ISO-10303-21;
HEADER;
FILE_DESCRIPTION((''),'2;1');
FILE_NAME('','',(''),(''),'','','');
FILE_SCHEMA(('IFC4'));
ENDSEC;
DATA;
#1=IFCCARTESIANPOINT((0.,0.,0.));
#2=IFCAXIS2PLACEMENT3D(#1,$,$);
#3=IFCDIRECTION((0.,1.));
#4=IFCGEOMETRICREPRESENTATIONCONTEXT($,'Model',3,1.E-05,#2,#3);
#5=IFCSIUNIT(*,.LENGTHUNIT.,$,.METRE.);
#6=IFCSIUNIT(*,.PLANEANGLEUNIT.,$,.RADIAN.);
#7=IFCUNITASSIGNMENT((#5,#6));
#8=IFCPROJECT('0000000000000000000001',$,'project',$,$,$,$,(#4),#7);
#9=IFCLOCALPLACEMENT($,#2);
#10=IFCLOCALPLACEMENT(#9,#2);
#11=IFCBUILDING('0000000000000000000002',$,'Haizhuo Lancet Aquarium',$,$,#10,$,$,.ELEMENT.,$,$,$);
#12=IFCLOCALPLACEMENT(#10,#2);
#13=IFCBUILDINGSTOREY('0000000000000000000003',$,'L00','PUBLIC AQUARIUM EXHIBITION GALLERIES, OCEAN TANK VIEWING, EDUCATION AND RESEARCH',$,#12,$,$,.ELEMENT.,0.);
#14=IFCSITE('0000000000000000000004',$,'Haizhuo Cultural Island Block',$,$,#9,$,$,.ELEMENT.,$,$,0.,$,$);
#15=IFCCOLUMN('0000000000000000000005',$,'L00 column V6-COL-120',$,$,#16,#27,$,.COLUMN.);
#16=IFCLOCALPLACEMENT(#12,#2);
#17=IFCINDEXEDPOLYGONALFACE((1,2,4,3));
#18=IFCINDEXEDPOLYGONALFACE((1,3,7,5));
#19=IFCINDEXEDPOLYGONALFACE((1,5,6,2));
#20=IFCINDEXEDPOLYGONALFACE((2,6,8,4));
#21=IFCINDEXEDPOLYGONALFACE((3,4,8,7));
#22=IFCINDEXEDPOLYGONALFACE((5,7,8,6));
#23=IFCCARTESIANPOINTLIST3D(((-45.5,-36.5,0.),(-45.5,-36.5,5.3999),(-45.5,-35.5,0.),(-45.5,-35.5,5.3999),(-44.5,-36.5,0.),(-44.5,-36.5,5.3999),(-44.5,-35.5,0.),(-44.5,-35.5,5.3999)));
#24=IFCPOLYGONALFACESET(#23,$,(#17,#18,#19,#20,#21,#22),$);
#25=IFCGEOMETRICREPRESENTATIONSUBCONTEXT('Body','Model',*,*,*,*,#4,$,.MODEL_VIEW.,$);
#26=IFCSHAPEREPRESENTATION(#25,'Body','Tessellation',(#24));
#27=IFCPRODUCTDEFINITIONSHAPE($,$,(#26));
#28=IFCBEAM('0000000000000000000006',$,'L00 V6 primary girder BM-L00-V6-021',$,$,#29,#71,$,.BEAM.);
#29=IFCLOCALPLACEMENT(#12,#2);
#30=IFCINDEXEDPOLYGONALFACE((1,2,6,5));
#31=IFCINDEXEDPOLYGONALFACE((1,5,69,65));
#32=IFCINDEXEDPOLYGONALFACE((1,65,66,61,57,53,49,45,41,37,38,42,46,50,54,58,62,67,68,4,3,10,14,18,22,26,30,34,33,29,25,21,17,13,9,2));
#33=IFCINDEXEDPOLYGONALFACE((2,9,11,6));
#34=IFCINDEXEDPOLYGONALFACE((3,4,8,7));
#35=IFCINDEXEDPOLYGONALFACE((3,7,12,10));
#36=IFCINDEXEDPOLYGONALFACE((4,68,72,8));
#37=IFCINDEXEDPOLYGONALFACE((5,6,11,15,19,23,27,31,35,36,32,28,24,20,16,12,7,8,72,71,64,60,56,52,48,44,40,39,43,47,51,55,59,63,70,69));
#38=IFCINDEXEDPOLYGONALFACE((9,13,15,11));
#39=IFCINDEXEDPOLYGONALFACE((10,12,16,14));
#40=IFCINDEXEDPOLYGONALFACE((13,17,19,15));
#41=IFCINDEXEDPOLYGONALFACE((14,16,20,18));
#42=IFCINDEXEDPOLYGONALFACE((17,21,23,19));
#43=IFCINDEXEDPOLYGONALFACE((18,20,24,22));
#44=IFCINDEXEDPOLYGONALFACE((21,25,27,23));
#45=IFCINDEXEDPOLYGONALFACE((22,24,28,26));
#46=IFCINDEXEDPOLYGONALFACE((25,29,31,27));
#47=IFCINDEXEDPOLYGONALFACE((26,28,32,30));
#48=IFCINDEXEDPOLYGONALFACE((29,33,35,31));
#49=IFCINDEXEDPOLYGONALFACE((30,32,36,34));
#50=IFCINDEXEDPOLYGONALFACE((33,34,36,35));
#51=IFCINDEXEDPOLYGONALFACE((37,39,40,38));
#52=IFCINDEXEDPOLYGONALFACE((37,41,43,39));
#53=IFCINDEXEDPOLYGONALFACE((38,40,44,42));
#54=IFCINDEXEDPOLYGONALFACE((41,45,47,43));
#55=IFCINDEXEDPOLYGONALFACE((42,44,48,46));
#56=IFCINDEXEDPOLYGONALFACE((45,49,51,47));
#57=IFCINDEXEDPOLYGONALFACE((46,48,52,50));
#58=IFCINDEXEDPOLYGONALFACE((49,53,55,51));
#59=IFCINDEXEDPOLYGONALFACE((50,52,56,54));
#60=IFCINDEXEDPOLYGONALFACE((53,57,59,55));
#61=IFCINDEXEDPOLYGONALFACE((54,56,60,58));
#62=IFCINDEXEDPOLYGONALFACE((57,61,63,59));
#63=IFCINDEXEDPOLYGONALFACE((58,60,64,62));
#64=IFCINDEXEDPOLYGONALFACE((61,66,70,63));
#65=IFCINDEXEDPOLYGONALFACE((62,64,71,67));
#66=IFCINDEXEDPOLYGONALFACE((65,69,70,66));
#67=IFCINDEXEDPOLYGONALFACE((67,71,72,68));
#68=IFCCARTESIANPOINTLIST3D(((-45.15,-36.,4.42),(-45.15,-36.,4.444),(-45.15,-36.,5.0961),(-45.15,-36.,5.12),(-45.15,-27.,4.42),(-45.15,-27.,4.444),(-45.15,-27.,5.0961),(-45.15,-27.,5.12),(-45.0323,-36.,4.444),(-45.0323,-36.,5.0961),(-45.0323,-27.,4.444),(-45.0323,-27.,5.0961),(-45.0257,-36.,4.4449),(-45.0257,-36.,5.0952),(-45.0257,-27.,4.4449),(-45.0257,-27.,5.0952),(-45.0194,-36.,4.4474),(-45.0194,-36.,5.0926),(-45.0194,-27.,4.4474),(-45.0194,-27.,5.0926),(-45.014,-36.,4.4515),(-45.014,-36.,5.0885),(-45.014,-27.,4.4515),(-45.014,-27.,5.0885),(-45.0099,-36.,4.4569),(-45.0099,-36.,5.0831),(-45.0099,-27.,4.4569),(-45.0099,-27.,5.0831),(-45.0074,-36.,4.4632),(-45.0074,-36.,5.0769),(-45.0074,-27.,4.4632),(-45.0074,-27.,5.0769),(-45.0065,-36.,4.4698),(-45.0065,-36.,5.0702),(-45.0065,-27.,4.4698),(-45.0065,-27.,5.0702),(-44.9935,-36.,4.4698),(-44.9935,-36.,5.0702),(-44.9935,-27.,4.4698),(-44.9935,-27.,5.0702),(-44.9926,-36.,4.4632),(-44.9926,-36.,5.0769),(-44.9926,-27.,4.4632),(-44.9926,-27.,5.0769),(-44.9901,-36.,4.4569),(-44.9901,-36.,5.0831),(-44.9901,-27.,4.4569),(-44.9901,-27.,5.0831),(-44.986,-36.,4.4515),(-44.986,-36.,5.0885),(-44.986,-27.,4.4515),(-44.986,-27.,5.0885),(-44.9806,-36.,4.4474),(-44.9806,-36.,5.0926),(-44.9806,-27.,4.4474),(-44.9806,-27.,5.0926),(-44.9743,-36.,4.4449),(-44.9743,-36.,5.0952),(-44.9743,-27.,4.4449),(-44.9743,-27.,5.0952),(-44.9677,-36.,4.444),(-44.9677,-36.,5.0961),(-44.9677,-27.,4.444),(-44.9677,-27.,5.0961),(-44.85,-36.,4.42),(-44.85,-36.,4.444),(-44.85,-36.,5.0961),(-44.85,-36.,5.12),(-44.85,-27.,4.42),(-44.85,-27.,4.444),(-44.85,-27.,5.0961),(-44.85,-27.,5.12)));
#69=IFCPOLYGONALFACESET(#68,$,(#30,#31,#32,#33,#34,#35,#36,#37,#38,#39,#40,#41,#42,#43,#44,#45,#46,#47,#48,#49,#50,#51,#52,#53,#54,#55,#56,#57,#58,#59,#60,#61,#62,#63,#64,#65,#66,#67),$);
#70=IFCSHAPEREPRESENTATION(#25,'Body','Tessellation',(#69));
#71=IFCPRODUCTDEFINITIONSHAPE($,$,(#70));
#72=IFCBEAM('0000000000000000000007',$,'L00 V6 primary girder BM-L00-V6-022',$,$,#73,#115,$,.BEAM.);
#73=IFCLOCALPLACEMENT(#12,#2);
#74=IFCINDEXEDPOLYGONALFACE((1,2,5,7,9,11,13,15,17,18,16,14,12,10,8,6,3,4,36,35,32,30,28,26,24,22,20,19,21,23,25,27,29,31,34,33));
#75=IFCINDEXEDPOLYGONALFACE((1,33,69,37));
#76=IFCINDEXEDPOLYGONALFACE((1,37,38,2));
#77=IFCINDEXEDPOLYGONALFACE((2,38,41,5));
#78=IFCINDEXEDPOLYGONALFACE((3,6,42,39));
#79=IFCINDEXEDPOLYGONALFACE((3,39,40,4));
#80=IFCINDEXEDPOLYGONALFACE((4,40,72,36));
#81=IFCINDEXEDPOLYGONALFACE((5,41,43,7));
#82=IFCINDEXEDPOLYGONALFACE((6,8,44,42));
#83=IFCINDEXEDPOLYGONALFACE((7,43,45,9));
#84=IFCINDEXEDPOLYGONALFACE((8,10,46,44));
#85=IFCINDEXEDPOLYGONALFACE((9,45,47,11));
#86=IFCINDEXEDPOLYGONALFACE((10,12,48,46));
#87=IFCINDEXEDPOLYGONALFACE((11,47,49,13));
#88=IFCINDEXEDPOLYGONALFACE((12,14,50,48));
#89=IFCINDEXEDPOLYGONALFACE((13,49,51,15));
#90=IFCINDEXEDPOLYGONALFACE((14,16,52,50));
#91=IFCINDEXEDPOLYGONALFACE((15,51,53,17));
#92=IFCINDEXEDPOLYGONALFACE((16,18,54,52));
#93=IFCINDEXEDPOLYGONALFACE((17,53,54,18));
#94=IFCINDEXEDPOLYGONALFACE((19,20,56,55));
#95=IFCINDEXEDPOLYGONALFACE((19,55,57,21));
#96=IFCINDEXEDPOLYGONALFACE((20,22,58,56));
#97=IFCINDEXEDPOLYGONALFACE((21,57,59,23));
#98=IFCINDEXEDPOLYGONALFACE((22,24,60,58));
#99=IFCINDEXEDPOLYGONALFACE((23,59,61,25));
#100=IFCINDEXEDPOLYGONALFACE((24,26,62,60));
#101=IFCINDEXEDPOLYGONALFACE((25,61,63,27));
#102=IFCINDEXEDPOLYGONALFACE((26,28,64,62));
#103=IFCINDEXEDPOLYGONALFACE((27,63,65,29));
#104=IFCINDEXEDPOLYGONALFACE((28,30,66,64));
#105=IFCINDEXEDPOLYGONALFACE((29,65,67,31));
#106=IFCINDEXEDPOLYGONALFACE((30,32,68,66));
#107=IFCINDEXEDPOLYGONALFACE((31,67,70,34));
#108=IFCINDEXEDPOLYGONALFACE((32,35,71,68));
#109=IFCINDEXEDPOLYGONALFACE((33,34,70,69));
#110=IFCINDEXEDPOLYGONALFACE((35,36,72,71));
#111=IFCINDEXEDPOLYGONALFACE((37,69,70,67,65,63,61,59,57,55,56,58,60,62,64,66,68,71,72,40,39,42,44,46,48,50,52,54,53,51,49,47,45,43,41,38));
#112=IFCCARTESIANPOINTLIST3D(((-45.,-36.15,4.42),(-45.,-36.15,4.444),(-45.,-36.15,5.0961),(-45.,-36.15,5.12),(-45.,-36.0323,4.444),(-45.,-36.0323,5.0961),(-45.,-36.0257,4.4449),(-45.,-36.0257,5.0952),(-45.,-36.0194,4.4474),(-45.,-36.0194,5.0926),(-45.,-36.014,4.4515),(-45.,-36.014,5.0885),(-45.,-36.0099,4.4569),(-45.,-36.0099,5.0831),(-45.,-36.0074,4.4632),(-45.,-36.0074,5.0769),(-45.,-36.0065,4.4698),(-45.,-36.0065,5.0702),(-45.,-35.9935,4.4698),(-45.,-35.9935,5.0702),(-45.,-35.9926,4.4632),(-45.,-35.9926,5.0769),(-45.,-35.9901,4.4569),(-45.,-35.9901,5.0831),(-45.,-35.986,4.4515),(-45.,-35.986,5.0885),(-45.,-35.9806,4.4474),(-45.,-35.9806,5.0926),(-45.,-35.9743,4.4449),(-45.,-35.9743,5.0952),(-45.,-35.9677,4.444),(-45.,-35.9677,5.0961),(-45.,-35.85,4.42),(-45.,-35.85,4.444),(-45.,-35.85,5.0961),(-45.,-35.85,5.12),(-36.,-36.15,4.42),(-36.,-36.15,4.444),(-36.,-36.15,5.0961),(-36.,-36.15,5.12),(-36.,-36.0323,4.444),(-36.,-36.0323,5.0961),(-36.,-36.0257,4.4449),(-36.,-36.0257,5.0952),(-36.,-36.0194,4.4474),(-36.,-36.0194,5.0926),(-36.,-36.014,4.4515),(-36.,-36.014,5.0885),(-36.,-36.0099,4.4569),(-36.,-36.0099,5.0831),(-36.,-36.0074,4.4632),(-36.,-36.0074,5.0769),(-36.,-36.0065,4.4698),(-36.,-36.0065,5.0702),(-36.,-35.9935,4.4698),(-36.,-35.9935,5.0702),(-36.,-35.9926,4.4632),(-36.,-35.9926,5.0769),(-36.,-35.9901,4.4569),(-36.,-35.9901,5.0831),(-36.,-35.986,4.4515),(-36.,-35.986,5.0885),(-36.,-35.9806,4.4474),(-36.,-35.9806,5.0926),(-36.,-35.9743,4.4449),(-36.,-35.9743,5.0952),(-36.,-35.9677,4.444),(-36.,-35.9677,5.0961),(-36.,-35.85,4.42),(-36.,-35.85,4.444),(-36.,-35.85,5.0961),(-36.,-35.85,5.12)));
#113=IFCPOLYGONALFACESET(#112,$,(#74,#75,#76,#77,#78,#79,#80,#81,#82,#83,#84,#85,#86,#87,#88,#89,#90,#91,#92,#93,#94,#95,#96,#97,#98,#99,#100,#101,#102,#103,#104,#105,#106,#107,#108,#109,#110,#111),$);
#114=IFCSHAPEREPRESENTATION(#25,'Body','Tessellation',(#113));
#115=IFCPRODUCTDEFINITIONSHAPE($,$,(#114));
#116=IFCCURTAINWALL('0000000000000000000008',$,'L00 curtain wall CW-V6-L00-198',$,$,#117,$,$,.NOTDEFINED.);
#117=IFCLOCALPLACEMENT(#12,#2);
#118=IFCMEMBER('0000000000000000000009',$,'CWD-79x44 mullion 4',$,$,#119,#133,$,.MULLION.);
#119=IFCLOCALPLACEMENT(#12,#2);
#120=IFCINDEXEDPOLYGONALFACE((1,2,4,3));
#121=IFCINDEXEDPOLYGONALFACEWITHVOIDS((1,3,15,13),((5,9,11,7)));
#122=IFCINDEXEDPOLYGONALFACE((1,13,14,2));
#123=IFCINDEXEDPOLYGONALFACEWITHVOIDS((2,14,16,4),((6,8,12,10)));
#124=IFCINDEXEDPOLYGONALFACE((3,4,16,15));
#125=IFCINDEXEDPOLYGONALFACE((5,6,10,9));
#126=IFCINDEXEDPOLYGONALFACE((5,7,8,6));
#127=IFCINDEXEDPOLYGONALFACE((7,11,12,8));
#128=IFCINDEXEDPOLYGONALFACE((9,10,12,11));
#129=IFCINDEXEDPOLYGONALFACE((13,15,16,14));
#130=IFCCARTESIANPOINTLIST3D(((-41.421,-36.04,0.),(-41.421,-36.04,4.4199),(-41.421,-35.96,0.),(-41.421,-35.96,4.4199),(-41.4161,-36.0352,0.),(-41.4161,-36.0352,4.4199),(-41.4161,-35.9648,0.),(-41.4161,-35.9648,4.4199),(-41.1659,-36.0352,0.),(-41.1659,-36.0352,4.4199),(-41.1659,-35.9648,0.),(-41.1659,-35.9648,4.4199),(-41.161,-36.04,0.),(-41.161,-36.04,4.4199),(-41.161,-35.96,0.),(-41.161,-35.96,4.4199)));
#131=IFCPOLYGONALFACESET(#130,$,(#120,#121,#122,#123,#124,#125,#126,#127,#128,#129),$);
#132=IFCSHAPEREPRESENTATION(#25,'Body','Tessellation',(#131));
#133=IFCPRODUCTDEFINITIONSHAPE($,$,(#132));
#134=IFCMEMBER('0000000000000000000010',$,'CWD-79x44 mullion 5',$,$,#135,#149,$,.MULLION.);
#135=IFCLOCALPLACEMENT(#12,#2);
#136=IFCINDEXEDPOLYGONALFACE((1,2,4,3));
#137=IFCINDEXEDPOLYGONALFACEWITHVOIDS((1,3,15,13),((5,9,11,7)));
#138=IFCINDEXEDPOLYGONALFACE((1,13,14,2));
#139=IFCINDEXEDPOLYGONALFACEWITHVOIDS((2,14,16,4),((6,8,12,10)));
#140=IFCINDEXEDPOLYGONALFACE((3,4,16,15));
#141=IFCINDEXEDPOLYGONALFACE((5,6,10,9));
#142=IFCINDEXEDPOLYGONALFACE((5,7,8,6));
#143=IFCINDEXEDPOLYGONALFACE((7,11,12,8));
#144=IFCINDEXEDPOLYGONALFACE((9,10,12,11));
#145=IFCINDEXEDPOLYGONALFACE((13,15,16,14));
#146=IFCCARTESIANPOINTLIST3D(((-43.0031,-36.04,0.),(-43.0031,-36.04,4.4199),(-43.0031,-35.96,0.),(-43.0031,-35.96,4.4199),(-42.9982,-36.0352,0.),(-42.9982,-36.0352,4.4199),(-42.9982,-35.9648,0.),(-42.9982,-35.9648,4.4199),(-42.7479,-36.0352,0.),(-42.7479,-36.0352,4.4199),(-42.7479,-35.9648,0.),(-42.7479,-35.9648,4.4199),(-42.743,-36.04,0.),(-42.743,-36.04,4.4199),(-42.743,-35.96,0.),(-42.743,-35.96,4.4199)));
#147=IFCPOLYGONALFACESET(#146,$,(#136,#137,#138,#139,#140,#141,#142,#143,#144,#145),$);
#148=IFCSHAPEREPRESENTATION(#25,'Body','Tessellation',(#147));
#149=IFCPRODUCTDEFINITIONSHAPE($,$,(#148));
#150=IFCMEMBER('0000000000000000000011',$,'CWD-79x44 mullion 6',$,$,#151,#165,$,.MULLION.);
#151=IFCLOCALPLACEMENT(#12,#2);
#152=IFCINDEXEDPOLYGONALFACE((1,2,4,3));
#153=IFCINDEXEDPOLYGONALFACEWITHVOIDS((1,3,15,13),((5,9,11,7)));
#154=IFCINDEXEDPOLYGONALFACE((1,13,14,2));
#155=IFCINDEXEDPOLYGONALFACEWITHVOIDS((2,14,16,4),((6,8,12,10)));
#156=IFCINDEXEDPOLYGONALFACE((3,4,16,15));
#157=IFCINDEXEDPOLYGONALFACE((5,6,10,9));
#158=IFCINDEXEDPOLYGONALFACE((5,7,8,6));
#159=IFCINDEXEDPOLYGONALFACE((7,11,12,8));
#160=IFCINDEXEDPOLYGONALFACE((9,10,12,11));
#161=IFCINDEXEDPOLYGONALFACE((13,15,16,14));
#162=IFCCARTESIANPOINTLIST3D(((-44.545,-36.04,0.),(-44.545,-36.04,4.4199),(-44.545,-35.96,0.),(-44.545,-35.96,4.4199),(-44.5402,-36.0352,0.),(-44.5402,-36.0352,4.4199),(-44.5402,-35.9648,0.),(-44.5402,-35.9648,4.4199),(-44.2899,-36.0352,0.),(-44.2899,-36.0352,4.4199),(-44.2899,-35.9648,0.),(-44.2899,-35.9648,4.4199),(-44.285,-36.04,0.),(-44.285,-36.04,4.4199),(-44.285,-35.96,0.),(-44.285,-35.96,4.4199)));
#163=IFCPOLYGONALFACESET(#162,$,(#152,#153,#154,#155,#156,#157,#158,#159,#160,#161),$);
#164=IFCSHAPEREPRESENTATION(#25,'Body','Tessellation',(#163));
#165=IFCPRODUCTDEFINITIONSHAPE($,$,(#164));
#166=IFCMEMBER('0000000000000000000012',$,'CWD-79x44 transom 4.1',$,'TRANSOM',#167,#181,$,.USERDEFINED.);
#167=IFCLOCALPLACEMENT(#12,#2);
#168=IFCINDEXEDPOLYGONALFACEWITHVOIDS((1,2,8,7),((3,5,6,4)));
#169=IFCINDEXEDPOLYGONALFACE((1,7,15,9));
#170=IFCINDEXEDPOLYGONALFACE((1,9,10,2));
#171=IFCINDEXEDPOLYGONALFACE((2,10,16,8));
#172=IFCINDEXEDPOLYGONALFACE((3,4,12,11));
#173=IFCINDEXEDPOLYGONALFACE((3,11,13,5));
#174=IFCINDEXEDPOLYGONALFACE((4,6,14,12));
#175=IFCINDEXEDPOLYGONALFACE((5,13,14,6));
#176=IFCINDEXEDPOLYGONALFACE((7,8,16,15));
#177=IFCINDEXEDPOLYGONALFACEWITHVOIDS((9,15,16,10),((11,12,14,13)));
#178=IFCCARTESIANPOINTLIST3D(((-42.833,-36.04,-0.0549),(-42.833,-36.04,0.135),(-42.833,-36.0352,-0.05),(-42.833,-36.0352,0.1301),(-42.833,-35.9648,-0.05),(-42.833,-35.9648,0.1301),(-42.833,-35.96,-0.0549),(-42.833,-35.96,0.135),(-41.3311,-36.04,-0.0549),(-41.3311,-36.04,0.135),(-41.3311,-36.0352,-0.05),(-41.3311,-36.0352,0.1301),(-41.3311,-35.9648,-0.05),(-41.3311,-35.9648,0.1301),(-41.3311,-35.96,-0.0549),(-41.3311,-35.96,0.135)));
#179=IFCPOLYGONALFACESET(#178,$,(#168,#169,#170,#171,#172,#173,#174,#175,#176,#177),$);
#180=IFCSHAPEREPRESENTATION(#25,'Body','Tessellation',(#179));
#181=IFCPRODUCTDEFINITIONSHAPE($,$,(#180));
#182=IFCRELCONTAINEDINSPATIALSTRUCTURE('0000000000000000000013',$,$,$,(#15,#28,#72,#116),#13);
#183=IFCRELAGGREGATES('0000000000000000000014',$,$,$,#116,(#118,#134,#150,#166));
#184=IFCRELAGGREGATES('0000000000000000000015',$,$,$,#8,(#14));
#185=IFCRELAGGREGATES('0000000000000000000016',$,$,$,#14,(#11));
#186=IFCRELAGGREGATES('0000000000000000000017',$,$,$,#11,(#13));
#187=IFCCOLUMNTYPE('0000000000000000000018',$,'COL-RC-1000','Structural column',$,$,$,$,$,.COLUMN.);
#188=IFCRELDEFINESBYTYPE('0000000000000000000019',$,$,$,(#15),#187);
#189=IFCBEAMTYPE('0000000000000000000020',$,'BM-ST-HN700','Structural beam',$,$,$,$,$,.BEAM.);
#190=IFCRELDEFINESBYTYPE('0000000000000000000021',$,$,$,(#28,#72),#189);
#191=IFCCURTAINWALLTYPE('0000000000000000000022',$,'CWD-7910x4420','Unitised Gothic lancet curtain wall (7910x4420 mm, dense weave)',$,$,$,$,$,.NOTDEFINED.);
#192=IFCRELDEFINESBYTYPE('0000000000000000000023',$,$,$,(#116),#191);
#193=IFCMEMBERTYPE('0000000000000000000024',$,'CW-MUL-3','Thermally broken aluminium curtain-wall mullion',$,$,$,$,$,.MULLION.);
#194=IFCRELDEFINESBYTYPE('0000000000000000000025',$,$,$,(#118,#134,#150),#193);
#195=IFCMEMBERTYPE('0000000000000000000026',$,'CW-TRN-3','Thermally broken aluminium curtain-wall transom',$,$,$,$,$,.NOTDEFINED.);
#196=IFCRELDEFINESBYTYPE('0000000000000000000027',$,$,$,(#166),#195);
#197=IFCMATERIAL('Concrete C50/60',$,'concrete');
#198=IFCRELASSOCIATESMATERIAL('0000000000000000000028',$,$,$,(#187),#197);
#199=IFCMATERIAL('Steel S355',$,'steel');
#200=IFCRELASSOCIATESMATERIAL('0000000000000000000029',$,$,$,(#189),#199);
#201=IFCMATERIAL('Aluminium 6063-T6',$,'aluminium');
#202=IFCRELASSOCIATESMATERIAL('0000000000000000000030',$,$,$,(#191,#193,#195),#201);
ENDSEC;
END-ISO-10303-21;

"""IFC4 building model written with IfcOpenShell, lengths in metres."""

from ifc_helpers import new_model, si_unit, direction, frame, origin, origin_2d, place, context, subcontext, project, spatial, rectangle, hollow_rectangle, i_section, extrude, material, material_profile, profile_set, type_object, element, aggregate, save


model = new_model("IFC4")

# Units and contexts
model_context = context("Model", 3, precision=1e-05, world=origin(), true_north=direction((0.0, 1.0)))
body_context = subcontext(model_context, "Body", "Model", "MODEL_VIEW")
ifc_project = project(units=[si_unit("LENGTHUNIT", "METRE"), si_unit("PLANEANGLEUNIT", "RADIAN")], contexts=[model_context])

# Site, building, storey
site_placement = place(None, origin())
site = spatial("IfcSite", under=ifc_project, at=site_placement, Name="Haizhuo Cultural Island Block", CompositionType="ELEMENT", RefElevation=0.0)
building_placement = place(site_placement, origin())
building = spatial("IfcBuilding", under=site, at=building_placement, Name="Haizhuo Lancet Aquarium", CompositionType="ELEMENT")
storey_placement = place(building_placement, origin())
storey = spatial("IfcBuildingStorey", under=building, at=storey_placement, Name="L00", Description="PUBLIC AQUARIUM EXHIBITION GALLERIES, OCEAN TANK VIEWING, EDUCATION AND RESEARCH", CompositionType="ELEMENT", Elevation=0.0)

# Column
ifc_material_1 = material(Name="Concrete C50/60", Category="concrete")
ifc_material_profile_1 = material_profile(ifc_material_1, rectangle(XDim=1.0, YDim=1.0, at=origin_2d()), Name="RC-COL 1000x1000")
ifc_profile_set_1 = profile_set([ifc_material_profile_1], Name="Concrete C50/60")
column_type = type_object("IfcColumnType", Name="COL-RC-1000", Description="Structural column", PredefinedType="COLUMN", material=ifc_profile_set_1)
column_placement = place(storey_placement, frame((-45.0, -36.0, 0.0), z_axis=(0.0, 0.0, 1.0), x_axis=(1.0, 0.0, 0.0)))
element("IfcColumn", 1, at=column_placement, inside=storey, type_object=column_type, Name="L00 column V6-COL-120", PredefinedType="COLUMN", context=body_context, shape_type="SweptSolid", body=[
    extrude(rectangle(XDim=1.0, YDim=1.0, at=origin_2d()), origin(), (0.0, 0.0, 1.0), 5.3999),
])

# Beams
ifc_material_2 = material(Name="Steel S355", Category="steel")
ifc_material_profile_2 = material_profile(ifc_material_2, i_section(OverallWidth=0.3, OverallDepth=0.7, WebThickness=0.0129, FlangeThickness=0.0239, FilletRadius=0.0259, at=origin_2d()), Name="HN 700x300x13x24")
ifc_profile_set_2 = profile_set([ifc_material_profile_2], Name="Steel S355")
beam_type = type_object("IfcBeamType", Name="BM-ST-HN700", Description="Structural beam", PredefinedType="BEAM", material=ifc_profile_set_2)
for number, where, z_axis, x_axis, name in (
    (2, (-45.0, -36.0, 4.77), (0.0, 1.0, 0.0), (-1.0, 0.0, 0.0), "L00 V6 primary girder BM-L00-V6-021"),
    (3, (-45.0, -36.0, 4.77), (1.0, 0.0, 0.0), (0.0, 1.0, 0.0), "L00 V6 primary girder BM-L00-V6-022"),
):
    element("IfcBeam", number, at=place(storey_placement, frame(where, z_axis=z_axis, x_axis=x_axis)), inside=storey, type_object=beam_type, Name=name, PredefinedType="BEAM", context=body_context, shape_type="SweptSolid", body=[
        extrude(i_section(OverallWidth=0.3, OverallDepth=0.7, WebThickness=0.0129, FlangeThickness=0.0239, FilletRadius=0.0259, at=origin_2d()), origin(), (0.0, 0.0, 1.0), 9.0),
    ])

# Curtain wall, members
ifc_material_3 = material(Name="Aluminium 6063-T6", Category="aluminium")
curtain_wall_type = type_object("IfcCurtainWallType", Name="CWD-7910x4420", Description="Unitised Gothic lancet curtain wall (7910x4420 mm, dense weave)", PredefinedType="NOTDEFINED", material=ifc_material_3)
curtain_wall_placement = place(storey_placement, origin())
curtain_wall = element("IfcCurtainWall", 4, at=curtain_wall_placement, inside=storey, type_object=curtain_wall_type, Name="L00 curtain wall CW-V6-L00-198", PredefinedType="NOTDEFINED")
ifc_material_profile_3 = material_profile(ifc_material_3, hollow_rectangle(XDim=0.0801, YDim=0.26, WallThickness=0.0049, at=origin_2d()), Name="ALU-M 80x260x5")
ifc_profile_set_3 = profile_set([ifc_material_profile_3], Name="Aluminium 6063-T6")
member_type_1 = type_object("IfcMemberType", Name="CW-MUL-3", Description="Thermally broken aluminium curtain-wall mullion", PredefinedType="MULLION", material=ifc_profile_set_3)
member_1_placement = place(storey_placement, frame((-41.291, -36.0, 0.0), z_axis=(0.0, 0.0, 1.0), x_axis=(0.0, -1.0, 0.0)))
member_1 = element("IfcMember", 5, at=member_1_placement, type_object=member_type_1, Name="CWD-79x44 mullion 4", PredefinedType="MULLION", context=body_context, shape_type="SweptSolid", body=[
    extrude(hollow_rectangle(XDim=0.0801, YDim=0.26, WallThickness=0.0049, at=origin_2d()), origin(), (0.0, 0.0, 1.0), 4.4199),
])
member_2_placement = place(storey_placement, frame((-42.873, -36.0, 0.0), z_axis=(0.0, 0.0, 1.0), x_axis=(0.0, -1.0, 0.0)))
member_2 = element("IfcMember", 6, at=member_2_placement, type_object=member_type_1, Name="CWD-79x44 mullion 5", PredefinedType="MULLION", context=body_context, shape_type="SweptSolid", body=[
    extrude(hollow_rectangle(XDim=0.0801, YDim=0.26, WallThickness=0.0049, at=origin_2d()), origin(), (0.0, 0.0, 1.0), 4.4199),
])
member_3_placement = place(storey_placement, frame((-44.415, -36.0, 0.0), z_axis=(0.0, 0.0, 1.0), x_axis=(0.0, -1.0, 0.0)))
member_3 = element("IfcMember", 7, at=member_3_placement, type_object=member_type_1, Name="CWD-79x44 mullion 6", PredefinedType="MULLION", context=body_context, shape_type="SweptSolid", body=[
    extrude(hollow_rectangle(XDim=0.0801, YDim=0.26, WallThickness=0.0049, at=origin_2d()), origin(), (0.0, 0.0, 1.0), 4.4199),
])
ifc_material_profile_4 = material_profile(ifc_material_3, hollow_rectangle(XDim=0.0801, YDim=0.1899, WallThickness=0.0049, at=origin_2d()), Name="ALU-T 80x190x5")
ifc_profile_set_4 = profile_set([ifc_material_profile_4], Name="Aluminium 6063-T6")
member_type_2 = type_object("IfcMemberType", Name="CW-TRN-3", Description="Thermally broken aluminium curtain-wall transom", PredefinedType="NOTDEFINED", material=ifc_profile_set_4)
member_4_placement = place(storey_placement, frame((-41.3311, -36.0, 0.04), z_axis=(-1.0, 0.0, 0.0), x_axis=(0.0, -1.0, 0.0)))
member_4 = element("IfcMember", 8, at=member_4_placement, type_object=member_type_2, Name="CWD-79x44 transom 4.1", ObjectType="TRANSOM", PredefinedType="USERDEFINED", context=body_context, shape_type="SweptSolid", body=[
    extrude(hollow_rectangle(XDim=0.0801, YDim=0.1899, WallThickness=0.0049, at=origin_2d()), origin(), (0.0, 0.0, 1.0), 1.502),
])

aggregate(curtain_wall, [member_1, member_2, member_3, member_4])

save(model, "model.ifc")
